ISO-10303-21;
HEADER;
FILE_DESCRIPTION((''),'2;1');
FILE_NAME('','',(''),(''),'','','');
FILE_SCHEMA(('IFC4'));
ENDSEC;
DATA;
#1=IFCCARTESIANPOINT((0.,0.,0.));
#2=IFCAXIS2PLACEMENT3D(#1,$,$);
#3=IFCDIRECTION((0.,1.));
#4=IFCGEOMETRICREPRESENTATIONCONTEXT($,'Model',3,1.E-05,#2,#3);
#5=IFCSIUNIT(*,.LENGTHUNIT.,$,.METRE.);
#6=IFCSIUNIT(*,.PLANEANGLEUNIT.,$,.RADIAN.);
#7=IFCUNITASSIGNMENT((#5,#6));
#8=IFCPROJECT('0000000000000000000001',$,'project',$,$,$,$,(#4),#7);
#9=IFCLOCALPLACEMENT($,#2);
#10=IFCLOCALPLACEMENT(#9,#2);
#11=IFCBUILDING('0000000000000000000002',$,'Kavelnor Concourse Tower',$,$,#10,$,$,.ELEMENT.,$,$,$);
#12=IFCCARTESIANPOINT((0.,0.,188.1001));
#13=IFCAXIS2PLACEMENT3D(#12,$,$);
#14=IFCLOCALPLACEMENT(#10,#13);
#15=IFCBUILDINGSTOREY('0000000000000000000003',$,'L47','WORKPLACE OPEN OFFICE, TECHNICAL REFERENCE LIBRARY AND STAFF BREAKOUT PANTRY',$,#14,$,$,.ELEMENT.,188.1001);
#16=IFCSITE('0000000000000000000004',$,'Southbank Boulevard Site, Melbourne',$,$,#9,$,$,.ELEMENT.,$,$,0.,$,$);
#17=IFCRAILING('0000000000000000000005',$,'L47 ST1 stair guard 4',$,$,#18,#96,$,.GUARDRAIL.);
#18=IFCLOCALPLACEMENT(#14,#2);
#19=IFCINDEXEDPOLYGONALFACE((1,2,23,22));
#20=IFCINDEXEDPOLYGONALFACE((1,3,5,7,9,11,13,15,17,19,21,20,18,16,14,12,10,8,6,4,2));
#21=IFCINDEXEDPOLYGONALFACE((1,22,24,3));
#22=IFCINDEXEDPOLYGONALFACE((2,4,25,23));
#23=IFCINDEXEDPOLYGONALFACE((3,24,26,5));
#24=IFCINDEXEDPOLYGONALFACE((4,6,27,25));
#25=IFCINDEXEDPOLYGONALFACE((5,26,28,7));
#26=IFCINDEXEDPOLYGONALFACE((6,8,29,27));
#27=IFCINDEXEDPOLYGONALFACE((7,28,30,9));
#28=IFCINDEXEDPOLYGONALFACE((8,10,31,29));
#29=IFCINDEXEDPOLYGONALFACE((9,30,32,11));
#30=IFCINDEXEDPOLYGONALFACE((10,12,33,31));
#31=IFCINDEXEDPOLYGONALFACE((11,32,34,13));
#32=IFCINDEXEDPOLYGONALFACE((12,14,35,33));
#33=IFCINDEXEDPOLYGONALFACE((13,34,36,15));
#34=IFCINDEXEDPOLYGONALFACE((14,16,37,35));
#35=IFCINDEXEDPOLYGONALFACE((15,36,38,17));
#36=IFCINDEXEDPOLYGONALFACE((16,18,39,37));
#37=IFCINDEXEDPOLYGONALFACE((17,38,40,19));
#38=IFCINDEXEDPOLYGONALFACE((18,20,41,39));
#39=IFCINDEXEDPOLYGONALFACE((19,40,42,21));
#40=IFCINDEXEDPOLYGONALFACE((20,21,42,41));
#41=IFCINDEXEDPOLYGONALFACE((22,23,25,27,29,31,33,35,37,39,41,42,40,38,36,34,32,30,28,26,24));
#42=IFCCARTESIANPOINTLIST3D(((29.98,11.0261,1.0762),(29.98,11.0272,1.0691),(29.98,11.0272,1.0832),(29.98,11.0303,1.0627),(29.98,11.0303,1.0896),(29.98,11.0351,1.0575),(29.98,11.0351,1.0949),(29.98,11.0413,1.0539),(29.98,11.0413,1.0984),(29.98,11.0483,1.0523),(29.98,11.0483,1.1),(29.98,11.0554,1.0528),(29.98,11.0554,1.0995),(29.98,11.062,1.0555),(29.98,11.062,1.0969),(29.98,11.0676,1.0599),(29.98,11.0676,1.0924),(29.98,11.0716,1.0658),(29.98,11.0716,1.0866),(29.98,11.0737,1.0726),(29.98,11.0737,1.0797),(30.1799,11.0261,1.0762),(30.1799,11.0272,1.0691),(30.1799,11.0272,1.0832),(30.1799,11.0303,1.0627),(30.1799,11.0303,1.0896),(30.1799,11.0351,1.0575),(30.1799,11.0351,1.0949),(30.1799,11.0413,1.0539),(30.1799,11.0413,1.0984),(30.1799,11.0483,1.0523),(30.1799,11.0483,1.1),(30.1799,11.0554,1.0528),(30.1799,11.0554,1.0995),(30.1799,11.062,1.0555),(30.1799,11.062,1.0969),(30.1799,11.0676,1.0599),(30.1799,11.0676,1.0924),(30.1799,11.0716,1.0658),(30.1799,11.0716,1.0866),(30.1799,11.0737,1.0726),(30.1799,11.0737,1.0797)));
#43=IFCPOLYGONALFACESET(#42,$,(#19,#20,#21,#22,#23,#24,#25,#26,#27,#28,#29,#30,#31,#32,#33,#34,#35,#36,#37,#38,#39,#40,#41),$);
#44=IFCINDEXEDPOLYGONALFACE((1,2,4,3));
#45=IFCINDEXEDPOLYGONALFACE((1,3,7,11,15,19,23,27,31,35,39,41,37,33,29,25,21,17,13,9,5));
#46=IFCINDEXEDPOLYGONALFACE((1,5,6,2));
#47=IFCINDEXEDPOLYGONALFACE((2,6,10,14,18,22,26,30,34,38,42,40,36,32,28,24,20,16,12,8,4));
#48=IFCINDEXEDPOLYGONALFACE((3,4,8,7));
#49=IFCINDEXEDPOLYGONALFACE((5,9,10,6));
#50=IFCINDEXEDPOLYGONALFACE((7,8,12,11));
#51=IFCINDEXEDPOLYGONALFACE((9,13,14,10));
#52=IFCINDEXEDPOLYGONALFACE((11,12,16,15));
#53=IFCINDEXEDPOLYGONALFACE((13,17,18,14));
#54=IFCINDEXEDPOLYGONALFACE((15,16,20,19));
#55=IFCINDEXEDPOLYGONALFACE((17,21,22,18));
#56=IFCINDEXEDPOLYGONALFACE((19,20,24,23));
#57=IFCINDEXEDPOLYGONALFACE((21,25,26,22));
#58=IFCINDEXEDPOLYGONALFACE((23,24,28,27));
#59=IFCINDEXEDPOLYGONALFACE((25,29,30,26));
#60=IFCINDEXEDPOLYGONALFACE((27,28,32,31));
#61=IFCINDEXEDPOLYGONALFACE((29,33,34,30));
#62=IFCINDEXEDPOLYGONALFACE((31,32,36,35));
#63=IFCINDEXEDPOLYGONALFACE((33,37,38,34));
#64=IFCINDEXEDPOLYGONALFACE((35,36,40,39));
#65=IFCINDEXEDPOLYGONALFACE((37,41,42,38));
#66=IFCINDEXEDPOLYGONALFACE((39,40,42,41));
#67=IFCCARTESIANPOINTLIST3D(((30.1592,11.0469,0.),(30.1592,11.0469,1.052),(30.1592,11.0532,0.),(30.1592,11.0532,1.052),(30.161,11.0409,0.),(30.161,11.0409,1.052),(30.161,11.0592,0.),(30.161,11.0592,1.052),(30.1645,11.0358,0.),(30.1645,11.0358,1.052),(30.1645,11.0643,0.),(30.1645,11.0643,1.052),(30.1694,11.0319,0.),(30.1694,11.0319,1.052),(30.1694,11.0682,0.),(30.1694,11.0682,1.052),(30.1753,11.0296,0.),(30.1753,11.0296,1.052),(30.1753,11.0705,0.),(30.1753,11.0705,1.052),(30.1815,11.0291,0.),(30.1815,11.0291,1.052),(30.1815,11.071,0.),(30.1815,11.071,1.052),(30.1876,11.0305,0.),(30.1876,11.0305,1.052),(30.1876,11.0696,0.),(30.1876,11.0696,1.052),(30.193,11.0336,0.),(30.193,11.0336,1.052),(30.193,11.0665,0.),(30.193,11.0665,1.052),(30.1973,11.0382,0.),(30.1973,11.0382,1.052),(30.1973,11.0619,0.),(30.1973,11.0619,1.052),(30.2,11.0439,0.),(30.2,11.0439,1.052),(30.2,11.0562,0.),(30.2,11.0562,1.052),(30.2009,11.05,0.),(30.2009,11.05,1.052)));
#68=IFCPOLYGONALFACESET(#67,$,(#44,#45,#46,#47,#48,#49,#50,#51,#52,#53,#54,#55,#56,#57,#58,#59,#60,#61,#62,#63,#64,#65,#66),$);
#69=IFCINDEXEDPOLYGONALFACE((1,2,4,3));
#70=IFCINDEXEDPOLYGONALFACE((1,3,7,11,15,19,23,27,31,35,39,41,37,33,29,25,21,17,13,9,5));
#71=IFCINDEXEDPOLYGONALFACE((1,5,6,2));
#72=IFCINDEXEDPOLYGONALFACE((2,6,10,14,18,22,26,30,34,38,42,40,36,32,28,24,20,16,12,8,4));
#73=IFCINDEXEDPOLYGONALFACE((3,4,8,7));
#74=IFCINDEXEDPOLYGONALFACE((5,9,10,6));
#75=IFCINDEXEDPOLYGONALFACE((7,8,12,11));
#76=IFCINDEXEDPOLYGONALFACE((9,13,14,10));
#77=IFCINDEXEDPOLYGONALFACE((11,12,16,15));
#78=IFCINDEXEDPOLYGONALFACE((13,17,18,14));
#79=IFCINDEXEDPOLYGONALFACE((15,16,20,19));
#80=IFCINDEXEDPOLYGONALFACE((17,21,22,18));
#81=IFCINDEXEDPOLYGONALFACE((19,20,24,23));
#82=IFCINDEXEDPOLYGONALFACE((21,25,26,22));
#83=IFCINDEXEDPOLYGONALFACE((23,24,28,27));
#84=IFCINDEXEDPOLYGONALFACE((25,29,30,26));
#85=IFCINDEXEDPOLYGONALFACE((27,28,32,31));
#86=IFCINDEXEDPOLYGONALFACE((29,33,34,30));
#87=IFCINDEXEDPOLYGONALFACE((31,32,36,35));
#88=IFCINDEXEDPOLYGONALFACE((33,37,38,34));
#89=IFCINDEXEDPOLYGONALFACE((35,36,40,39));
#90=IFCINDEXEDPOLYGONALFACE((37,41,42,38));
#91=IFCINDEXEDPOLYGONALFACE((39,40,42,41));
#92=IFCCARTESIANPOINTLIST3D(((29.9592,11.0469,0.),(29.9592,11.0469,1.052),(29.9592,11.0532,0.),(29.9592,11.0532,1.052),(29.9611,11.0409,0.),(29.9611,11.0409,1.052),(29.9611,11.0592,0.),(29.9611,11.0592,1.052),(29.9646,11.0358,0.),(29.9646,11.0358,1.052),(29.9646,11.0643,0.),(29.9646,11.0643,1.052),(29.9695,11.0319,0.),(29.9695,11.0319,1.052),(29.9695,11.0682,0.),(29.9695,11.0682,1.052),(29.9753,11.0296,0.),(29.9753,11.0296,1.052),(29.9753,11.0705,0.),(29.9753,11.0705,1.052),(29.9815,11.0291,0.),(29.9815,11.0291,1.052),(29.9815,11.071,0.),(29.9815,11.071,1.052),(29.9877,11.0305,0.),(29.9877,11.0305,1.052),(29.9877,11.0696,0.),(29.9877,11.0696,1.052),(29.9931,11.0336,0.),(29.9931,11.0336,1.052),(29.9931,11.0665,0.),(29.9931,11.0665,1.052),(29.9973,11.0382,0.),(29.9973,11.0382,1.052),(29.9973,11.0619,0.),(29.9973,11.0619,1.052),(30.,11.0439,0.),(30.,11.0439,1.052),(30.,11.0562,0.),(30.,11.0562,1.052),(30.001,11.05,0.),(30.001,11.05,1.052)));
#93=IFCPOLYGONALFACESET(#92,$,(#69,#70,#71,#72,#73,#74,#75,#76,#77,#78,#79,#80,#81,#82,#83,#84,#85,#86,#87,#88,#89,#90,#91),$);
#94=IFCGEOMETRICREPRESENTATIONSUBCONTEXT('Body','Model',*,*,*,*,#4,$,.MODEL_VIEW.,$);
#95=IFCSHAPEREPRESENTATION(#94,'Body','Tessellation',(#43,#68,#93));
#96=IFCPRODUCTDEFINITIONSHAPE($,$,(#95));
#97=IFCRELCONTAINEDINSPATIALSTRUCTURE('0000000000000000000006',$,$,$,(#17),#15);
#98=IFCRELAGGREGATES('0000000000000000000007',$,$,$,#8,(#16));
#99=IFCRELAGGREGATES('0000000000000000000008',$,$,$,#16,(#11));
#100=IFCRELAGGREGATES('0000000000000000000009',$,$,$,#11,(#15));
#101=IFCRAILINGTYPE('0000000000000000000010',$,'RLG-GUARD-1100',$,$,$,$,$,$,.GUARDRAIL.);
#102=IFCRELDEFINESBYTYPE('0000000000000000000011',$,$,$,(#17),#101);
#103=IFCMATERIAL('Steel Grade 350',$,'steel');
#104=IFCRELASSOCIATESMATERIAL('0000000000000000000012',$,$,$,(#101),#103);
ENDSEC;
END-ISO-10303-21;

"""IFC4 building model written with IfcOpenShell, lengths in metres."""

from ifc_helpers import new_model, si_unit, direction, frame, origin, origin_2d, place, context, subcontext, project, spatial, circle, extrude, material, type_object, element, save


model = new_model("IFC4")

# Units and contexts
model_context = context("Model", 3, precision=1e-05, world=origin(), true_north=direction((0.0, 1.0)))
body_context = subcontext(model_context, "Body", "Model", "MODEL_VIEW")
ifc_project = project(units=[si_unit("LENGTHUNIT", "METRE"), si_unit("PLANEANGLEUNIT", "RADIAN")], contexts=[model_context])

# Site, building, storey
site_placement = place(None, origin())
site = spatial("IfcSite", under=ifc_project, at=site_placement, Name="Southbank Boulevard Site, Melbourne", CompositionType="ELEMENT", RefElevation=0.0)
building_placement = place(site_placement, origin())
building = spatial("IfcBuilding", under=site, at=building_placement, Name="Kavelnor Concourse Tower", CompositionType="ELEMENT")
storey_placement = place(building_placement, frame((0.0, 0.0, 188.1001)))
storey = spatial("IfcBuildingStorey", under=building, at=storey_placement, Name="L47", Description="WORKPLACE OPEN OFFICE, TECHNICAL REFERENCE LIBRARY AND STAFF BREAKOUT PANTRY", CompositionType="ELEMENT", Elevation=188.1001)

# Shared definitions
ifc_material_1 = material(Name="Steel Grade 350", Category="steel")

# Railing
railing_type_1 = type_object("IfcRailingType", Name="RLG-GUARD-1100", PredefinedType="GUARDRAIL", material=ifc_material_1)
railing_1_placement = place(storey_placement, frame((30.1799, 11.05, 0.0)))
element("IfcRailing", 1, at=railing_1_placement, inside=storey, type_object=railing_type_1, Name="L47 ST1 stair guard 4", PredefinedType="GUARDRAIL", context=body_context, shape_type="SweptSolid", body=[
    extrude(circle(Radius=0.0239, at=origin_2d()), frame((0.0, 0.0, 1.0762), z_axis=(-1.0, 0.0, 0.0), x_axis=(0.0, -1.0, 0.0)), (0.0, 0.0, 1.0), 0.2),
    extrude(circle(Radius=0.021, at=origin_2d()), origin(), (0.0, 0.0, 1.0), 1.052),
    extrude(circle(Radius=0.021, at=origin_2d()), frame((-0.2, 0.0, 0.0)), (0.0, 0.0, 1.0), 1.052),
])

save(model, "model.ifc")
